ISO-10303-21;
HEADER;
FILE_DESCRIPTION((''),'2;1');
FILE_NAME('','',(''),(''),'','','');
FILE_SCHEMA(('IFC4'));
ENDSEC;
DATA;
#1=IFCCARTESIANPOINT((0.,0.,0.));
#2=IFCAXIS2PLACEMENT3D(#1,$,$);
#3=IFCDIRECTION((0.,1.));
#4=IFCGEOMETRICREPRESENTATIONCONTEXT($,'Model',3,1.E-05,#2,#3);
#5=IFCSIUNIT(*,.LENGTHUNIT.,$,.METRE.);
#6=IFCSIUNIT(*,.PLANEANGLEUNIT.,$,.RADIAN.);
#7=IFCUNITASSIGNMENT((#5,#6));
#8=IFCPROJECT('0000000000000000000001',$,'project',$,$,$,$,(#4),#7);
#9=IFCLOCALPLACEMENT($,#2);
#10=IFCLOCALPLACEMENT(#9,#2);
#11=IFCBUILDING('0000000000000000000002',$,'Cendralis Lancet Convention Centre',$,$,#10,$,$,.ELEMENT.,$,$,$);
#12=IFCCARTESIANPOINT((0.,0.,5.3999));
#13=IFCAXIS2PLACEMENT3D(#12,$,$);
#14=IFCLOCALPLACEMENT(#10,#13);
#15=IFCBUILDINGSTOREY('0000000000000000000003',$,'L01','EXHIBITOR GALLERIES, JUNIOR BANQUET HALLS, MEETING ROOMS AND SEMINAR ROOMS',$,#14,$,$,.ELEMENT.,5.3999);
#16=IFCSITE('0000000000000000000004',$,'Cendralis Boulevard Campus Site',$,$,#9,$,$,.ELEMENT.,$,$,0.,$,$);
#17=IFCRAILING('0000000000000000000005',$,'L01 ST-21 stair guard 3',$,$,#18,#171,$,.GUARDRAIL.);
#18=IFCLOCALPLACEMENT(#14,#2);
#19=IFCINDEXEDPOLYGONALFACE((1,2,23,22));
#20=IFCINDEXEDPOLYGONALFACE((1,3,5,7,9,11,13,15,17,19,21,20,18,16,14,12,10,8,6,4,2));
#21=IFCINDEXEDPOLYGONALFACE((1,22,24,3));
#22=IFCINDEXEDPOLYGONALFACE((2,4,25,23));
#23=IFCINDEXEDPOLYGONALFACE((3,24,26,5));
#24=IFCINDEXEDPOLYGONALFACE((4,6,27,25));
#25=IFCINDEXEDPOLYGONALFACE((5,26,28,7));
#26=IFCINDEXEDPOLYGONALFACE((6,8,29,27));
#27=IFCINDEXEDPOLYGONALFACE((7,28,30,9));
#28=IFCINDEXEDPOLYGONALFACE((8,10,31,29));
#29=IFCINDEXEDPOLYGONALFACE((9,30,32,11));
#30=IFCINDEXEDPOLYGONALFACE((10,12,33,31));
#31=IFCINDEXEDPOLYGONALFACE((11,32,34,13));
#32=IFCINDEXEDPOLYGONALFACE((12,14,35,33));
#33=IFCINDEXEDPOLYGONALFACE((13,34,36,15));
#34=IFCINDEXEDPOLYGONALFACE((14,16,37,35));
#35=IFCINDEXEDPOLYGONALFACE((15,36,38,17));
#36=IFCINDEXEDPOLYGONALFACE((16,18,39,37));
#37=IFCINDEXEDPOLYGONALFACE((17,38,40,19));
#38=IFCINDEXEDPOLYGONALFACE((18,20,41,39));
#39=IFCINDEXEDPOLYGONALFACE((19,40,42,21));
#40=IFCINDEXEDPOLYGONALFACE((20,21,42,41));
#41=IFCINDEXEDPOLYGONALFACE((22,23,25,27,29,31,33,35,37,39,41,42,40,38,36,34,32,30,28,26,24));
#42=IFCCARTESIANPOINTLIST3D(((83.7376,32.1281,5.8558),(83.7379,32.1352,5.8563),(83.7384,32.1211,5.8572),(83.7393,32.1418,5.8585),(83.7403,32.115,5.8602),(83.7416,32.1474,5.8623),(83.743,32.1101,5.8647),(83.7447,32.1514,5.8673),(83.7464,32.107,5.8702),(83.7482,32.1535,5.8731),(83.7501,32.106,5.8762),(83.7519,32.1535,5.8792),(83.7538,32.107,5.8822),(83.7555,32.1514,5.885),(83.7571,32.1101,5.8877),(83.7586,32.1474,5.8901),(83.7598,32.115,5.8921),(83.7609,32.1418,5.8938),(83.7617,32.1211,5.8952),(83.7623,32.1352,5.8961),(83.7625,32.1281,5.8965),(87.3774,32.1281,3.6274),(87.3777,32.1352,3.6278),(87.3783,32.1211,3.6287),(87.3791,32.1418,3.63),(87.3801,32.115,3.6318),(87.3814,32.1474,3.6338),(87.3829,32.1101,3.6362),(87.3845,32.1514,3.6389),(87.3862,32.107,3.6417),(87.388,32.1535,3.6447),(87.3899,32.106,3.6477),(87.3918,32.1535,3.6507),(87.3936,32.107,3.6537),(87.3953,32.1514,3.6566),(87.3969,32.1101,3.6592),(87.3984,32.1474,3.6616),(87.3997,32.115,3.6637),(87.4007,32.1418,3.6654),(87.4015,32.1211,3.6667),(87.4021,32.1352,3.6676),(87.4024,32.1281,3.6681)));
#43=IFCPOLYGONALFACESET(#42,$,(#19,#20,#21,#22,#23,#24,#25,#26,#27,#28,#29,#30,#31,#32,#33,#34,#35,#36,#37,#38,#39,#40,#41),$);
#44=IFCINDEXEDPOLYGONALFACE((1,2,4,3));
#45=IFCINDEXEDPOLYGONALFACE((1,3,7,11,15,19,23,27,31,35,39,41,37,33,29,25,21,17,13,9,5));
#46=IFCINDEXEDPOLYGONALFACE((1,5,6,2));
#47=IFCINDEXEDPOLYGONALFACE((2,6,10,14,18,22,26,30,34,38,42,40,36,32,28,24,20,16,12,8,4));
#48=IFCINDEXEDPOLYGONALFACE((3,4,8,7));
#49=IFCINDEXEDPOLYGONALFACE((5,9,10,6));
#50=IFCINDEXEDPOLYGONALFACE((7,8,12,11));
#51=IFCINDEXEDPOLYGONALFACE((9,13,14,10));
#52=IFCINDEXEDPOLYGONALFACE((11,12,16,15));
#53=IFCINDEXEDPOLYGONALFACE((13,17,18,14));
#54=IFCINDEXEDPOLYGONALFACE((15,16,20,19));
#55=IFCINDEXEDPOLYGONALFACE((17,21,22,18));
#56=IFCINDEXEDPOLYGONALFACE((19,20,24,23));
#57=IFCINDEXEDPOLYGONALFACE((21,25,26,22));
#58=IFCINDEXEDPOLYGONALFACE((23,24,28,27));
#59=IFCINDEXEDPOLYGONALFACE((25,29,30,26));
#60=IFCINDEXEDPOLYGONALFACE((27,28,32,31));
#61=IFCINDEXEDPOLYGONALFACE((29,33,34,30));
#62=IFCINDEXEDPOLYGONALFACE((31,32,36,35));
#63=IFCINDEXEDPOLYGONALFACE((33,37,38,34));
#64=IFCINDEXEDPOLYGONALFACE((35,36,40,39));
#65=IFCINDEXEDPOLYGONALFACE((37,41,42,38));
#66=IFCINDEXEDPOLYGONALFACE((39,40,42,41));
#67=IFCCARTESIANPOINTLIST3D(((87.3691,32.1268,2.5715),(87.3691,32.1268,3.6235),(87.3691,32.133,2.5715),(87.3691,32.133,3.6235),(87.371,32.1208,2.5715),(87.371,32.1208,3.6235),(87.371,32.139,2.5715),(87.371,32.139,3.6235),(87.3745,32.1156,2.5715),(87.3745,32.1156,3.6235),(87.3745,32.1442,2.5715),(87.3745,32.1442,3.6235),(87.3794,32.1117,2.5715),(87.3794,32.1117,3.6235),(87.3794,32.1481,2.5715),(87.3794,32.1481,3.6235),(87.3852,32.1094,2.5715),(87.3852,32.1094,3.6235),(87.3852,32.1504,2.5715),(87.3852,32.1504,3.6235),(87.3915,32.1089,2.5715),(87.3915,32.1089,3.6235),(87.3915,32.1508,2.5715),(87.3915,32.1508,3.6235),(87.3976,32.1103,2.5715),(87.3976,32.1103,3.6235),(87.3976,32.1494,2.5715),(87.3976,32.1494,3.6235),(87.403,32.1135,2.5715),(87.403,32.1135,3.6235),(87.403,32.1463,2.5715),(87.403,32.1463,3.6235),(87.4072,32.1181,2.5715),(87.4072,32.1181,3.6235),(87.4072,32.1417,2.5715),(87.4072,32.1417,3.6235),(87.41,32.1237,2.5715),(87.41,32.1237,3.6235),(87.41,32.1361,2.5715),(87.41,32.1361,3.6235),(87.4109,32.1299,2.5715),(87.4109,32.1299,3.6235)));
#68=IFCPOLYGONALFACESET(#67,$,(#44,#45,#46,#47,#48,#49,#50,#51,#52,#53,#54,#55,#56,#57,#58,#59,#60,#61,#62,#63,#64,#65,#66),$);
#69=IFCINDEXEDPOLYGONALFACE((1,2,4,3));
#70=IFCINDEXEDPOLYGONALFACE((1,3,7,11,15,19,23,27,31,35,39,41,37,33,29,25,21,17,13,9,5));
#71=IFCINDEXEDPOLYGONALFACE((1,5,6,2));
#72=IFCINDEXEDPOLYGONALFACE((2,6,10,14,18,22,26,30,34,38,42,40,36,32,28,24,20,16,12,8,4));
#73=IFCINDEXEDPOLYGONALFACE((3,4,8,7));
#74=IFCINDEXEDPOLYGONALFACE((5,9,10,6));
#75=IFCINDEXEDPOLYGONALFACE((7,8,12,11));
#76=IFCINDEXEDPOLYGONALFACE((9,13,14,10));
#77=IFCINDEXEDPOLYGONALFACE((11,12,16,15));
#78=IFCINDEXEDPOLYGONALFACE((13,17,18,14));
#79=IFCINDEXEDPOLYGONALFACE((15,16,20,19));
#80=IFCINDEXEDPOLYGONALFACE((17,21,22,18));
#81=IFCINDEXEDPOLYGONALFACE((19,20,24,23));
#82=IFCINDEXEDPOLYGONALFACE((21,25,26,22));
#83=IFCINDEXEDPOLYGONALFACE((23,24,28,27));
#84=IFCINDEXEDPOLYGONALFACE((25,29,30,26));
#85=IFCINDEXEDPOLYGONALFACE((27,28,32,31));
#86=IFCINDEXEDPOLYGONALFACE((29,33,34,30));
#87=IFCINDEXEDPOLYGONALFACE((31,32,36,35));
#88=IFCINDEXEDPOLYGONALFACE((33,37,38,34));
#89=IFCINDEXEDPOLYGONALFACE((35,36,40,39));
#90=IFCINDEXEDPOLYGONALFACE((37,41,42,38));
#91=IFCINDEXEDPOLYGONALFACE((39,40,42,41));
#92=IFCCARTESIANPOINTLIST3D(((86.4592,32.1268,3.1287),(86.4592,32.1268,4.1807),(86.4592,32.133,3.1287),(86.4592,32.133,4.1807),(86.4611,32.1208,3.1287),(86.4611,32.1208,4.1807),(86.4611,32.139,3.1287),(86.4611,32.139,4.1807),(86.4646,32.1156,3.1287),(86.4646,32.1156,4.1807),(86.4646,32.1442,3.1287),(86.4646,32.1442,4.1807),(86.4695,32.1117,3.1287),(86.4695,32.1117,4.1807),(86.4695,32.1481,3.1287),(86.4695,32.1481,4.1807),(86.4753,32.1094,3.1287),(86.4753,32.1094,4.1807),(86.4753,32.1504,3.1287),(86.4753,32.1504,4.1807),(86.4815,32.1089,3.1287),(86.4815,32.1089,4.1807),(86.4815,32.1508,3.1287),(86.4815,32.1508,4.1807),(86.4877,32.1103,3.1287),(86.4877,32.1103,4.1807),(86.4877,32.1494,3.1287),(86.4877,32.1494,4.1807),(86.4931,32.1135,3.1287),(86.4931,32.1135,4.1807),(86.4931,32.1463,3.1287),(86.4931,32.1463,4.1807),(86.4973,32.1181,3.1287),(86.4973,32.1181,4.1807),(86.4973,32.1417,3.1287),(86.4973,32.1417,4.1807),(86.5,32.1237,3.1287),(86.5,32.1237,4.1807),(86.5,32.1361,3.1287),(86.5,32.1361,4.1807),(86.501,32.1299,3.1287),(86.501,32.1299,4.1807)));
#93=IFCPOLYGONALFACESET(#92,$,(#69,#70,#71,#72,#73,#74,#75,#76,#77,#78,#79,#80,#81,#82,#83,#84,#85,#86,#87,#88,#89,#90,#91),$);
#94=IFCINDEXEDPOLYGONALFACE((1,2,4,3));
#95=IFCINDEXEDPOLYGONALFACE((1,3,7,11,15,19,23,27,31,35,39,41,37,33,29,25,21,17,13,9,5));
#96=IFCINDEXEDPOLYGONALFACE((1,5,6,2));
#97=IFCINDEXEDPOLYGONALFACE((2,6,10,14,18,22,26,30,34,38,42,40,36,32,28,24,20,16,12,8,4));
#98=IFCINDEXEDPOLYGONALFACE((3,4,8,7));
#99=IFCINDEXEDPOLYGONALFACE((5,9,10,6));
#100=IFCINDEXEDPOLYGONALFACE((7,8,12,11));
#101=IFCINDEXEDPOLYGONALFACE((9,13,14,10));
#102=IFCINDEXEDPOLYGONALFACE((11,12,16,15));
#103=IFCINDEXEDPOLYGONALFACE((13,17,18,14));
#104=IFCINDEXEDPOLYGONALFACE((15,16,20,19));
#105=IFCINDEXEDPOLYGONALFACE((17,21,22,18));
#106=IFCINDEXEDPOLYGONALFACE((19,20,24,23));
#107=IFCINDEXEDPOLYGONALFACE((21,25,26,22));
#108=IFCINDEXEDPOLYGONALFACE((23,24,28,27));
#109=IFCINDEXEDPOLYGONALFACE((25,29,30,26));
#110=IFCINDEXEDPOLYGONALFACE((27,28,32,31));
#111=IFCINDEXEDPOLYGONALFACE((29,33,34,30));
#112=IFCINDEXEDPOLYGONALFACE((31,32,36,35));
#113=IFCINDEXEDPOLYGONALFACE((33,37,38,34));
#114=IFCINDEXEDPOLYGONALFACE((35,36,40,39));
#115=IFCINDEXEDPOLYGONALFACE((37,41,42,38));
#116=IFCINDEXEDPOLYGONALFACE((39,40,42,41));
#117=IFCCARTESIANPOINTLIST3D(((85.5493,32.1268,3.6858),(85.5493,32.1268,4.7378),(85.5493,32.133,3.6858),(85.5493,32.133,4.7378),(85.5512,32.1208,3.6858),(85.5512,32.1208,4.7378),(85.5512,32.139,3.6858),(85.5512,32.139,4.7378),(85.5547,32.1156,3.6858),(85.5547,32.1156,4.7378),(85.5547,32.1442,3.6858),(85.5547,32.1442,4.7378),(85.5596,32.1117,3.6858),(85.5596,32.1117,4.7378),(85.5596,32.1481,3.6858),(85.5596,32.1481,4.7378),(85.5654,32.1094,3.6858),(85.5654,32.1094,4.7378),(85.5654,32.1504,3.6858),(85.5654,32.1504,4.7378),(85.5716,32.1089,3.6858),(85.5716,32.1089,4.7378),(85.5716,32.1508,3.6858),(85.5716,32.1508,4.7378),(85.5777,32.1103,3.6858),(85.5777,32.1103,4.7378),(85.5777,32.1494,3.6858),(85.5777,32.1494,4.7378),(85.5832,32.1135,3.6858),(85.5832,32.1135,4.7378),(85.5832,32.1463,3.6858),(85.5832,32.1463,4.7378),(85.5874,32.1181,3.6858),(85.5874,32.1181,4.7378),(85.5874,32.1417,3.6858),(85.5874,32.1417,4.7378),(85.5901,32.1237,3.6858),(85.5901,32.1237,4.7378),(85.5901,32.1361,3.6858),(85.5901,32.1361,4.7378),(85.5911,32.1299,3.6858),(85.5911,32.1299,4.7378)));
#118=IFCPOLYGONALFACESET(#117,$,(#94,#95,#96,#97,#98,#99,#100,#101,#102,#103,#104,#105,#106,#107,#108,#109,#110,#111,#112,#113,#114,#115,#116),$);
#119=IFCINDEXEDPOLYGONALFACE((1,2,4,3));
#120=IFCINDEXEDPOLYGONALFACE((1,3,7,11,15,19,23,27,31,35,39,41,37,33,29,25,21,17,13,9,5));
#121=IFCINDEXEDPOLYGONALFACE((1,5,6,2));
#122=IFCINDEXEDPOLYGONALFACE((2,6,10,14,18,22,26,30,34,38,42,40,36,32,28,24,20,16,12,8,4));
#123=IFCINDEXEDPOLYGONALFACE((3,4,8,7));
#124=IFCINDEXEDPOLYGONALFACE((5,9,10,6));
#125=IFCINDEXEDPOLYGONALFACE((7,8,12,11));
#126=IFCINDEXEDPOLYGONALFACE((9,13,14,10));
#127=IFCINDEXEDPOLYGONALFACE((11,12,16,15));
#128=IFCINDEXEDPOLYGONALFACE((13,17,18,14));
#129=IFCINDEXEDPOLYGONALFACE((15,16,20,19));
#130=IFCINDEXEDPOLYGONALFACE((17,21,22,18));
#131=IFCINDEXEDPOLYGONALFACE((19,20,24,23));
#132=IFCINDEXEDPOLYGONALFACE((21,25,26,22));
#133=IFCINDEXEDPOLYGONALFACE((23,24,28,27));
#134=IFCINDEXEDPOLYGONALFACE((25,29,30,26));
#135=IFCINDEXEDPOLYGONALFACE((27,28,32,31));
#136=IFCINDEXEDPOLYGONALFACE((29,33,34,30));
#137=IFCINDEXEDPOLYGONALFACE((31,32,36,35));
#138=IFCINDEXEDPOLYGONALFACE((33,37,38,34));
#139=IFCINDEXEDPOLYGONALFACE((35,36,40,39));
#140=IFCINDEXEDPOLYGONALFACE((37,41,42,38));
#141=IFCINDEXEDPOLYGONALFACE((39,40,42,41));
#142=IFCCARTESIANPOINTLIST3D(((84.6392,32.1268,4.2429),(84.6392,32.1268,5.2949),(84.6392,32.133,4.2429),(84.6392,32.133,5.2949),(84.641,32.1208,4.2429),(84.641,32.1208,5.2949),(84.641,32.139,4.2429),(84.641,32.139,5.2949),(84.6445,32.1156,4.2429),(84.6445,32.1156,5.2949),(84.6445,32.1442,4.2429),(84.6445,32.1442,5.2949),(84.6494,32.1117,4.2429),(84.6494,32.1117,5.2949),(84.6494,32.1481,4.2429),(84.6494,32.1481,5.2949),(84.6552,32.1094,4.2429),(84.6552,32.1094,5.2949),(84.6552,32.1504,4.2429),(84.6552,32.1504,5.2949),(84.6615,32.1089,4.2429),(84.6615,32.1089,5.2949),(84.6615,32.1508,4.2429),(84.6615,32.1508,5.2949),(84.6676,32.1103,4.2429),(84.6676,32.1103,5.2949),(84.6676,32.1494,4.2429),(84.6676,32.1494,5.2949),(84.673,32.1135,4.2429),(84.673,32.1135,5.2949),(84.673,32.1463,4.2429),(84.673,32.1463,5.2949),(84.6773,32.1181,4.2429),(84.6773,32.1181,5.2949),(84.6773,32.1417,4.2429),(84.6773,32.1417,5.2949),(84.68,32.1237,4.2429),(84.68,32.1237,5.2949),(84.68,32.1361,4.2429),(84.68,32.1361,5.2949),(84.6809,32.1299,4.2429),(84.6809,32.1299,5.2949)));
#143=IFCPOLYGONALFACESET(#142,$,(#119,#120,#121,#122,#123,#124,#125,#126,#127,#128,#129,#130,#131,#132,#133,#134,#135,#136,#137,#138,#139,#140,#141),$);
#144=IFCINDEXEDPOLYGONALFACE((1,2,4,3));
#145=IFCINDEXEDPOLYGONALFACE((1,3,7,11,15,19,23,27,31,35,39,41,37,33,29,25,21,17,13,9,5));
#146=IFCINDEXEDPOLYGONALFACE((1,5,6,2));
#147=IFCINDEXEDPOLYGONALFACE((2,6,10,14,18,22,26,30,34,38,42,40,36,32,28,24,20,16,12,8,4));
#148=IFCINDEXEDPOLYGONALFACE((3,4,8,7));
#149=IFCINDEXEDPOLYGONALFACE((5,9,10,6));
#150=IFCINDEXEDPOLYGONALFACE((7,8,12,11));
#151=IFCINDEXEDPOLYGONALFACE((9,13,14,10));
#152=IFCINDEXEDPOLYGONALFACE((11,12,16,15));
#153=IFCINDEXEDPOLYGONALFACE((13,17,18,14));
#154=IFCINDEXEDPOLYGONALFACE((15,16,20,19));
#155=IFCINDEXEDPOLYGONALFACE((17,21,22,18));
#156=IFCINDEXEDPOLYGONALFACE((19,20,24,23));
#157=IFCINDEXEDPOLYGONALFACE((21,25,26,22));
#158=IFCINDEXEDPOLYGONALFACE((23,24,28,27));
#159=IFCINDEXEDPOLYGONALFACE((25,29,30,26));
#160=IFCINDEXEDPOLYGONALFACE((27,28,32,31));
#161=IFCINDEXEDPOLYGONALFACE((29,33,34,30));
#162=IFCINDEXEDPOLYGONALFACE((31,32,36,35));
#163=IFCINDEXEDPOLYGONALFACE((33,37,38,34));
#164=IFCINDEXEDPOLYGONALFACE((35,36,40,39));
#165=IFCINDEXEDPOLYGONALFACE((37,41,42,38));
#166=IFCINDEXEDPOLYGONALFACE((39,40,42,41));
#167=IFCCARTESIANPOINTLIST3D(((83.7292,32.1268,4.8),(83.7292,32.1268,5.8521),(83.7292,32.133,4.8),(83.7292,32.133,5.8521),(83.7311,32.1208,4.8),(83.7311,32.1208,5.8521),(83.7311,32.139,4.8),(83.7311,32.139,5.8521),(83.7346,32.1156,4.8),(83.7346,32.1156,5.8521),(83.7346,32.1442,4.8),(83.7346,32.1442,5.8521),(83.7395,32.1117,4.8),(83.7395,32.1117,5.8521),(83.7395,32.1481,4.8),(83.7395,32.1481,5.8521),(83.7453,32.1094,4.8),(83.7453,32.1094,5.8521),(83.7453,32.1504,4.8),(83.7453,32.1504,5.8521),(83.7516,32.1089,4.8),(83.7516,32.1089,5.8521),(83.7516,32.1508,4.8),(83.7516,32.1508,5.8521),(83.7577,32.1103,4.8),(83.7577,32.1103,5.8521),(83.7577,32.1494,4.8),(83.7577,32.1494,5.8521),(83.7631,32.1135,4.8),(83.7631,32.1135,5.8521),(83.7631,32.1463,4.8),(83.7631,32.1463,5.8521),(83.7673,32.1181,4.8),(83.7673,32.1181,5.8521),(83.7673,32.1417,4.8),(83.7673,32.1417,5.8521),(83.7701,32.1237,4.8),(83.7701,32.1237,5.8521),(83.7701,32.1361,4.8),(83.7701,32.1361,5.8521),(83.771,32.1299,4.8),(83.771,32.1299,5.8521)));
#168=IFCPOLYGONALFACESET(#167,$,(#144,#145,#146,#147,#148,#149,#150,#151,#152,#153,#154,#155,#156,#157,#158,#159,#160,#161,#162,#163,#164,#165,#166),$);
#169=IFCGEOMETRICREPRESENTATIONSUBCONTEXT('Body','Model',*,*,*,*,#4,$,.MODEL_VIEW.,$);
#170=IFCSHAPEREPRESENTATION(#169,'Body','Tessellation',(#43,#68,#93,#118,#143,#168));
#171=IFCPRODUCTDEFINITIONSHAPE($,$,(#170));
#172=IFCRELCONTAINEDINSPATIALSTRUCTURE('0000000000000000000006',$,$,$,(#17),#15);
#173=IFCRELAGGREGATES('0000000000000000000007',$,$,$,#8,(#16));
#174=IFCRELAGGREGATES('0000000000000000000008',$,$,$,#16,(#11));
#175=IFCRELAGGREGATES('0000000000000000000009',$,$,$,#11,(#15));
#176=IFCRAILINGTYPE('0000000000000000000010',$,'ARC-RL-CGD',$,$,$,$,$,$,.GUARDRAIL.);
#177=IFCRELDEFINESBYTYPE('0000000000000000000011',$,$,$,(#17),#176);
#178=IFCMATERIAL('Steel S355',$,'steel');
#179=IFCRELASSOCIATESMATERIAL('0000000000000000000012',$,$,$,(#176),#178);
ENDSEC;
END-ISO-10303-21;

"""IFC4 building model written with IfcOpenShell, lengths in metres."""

from ifc_helpers import new_model, si_unit, direction, frame, origin, origin_2d, place, context, subcontext, project, spatial, circle, extrude, material, type_object, element, save


model = new_model("IFC4")

# Units and contexts
model_context = context("Model", 3, precision=1e-05, world=origin(), true_north=direction((0.0, 1.0)))
body_context = subcontext(model_context, "Body", "Model", "MODEL_VIEW")
ifc_project = project(units=[si_unit("LENGTHUNIT", "METRE"), si_unit("PLANEANGLEUNIT", "RADIAN")], contexts=[model_context])

# Site, building, storey
site_placement = place(None, origin())
site = spatial("IfcSite", under=ifc_project, at=site_placement, Name="Cendralis Boulevard Campus Site", CompositionType="ELEMENT", RefElevation=0.0)
building_placement = place(site_placement, origin())
building = spatial("IfcBuilding", under=site, at=building_placement, Name="Cendralis Lancet Convention Centre", CompositionType="ELEMENT")
storey_placement = place(building_placement, frame((0.0, 0.0, 5.3999)))
storey = spatial("IfcBuildingStorey", under=building, at=storey_placement, Name="L01", Description="EXHIBITOR GALLERIES, JUNIOR BANQUET HALLS, MEETING ROOMS AND SEMINAR ROOMS", CompositionType="ELEMENT", Elevation=5.3999)

# Shared definitions
ifc_material_1 = material(Name="Steel S355", Category="steel")

# Railing
railing_type_1 = type_object("IfcRailingType", Name="ARC-RL-CGD", PredefinedType="GUARDRAIL", material=ifc_material_1)
railing_1_placement = place(storey_placement, frame((87.3899, 32.1299, 2.5715)))
element("IfcRailing", 1, at=railing_1_placement, inside=storey, type_object=railing_type_1, Name="L01 ST-21 stair guard 3", PredefinedType="GUARDRAIL", context=body_context, shape_type="SweptSolid", body=[
    extrude(circle(Radius=0.0239, at=origin_2d()), frame((0.0, 0.0, 1.0762), z_axis=(-0.85285, 0.0, 0.522156), x_axis=(0.0, -1.0, 0.0)), (0.0, 0.0, 1.0), 4.2678),
    extrude(circle(Radius=0.021, at=origin_2d()), origin(), (0.0, 0.0, 1.0), 1.052),
    extrude(circle(Radius=0.021, at=origin_2d()), frame((-0.9099, 0.0, 0.5571)), (0.0, 0.0, 1.0), 1.052),
    extrude(circle(Radius=0.021, at=origin_2d()), frame((-1.8198, 0.0, 1.1143)), (0.0, 0.0, 1.0), 1.052),
    extrude(circle(Radius=0.021, at=origin_2d()), frame((-2.73, 0.0, 1.6714)), (0.0, 0.0, 1.0), 1.052),
    extrude(circle(Radius=0.021, at=origin_2d()), frame((-3.6399, 0.0, 2.2285)), (0.0, 0.0, 1.0), 1.052),
])

save(model, "model.ifc")
